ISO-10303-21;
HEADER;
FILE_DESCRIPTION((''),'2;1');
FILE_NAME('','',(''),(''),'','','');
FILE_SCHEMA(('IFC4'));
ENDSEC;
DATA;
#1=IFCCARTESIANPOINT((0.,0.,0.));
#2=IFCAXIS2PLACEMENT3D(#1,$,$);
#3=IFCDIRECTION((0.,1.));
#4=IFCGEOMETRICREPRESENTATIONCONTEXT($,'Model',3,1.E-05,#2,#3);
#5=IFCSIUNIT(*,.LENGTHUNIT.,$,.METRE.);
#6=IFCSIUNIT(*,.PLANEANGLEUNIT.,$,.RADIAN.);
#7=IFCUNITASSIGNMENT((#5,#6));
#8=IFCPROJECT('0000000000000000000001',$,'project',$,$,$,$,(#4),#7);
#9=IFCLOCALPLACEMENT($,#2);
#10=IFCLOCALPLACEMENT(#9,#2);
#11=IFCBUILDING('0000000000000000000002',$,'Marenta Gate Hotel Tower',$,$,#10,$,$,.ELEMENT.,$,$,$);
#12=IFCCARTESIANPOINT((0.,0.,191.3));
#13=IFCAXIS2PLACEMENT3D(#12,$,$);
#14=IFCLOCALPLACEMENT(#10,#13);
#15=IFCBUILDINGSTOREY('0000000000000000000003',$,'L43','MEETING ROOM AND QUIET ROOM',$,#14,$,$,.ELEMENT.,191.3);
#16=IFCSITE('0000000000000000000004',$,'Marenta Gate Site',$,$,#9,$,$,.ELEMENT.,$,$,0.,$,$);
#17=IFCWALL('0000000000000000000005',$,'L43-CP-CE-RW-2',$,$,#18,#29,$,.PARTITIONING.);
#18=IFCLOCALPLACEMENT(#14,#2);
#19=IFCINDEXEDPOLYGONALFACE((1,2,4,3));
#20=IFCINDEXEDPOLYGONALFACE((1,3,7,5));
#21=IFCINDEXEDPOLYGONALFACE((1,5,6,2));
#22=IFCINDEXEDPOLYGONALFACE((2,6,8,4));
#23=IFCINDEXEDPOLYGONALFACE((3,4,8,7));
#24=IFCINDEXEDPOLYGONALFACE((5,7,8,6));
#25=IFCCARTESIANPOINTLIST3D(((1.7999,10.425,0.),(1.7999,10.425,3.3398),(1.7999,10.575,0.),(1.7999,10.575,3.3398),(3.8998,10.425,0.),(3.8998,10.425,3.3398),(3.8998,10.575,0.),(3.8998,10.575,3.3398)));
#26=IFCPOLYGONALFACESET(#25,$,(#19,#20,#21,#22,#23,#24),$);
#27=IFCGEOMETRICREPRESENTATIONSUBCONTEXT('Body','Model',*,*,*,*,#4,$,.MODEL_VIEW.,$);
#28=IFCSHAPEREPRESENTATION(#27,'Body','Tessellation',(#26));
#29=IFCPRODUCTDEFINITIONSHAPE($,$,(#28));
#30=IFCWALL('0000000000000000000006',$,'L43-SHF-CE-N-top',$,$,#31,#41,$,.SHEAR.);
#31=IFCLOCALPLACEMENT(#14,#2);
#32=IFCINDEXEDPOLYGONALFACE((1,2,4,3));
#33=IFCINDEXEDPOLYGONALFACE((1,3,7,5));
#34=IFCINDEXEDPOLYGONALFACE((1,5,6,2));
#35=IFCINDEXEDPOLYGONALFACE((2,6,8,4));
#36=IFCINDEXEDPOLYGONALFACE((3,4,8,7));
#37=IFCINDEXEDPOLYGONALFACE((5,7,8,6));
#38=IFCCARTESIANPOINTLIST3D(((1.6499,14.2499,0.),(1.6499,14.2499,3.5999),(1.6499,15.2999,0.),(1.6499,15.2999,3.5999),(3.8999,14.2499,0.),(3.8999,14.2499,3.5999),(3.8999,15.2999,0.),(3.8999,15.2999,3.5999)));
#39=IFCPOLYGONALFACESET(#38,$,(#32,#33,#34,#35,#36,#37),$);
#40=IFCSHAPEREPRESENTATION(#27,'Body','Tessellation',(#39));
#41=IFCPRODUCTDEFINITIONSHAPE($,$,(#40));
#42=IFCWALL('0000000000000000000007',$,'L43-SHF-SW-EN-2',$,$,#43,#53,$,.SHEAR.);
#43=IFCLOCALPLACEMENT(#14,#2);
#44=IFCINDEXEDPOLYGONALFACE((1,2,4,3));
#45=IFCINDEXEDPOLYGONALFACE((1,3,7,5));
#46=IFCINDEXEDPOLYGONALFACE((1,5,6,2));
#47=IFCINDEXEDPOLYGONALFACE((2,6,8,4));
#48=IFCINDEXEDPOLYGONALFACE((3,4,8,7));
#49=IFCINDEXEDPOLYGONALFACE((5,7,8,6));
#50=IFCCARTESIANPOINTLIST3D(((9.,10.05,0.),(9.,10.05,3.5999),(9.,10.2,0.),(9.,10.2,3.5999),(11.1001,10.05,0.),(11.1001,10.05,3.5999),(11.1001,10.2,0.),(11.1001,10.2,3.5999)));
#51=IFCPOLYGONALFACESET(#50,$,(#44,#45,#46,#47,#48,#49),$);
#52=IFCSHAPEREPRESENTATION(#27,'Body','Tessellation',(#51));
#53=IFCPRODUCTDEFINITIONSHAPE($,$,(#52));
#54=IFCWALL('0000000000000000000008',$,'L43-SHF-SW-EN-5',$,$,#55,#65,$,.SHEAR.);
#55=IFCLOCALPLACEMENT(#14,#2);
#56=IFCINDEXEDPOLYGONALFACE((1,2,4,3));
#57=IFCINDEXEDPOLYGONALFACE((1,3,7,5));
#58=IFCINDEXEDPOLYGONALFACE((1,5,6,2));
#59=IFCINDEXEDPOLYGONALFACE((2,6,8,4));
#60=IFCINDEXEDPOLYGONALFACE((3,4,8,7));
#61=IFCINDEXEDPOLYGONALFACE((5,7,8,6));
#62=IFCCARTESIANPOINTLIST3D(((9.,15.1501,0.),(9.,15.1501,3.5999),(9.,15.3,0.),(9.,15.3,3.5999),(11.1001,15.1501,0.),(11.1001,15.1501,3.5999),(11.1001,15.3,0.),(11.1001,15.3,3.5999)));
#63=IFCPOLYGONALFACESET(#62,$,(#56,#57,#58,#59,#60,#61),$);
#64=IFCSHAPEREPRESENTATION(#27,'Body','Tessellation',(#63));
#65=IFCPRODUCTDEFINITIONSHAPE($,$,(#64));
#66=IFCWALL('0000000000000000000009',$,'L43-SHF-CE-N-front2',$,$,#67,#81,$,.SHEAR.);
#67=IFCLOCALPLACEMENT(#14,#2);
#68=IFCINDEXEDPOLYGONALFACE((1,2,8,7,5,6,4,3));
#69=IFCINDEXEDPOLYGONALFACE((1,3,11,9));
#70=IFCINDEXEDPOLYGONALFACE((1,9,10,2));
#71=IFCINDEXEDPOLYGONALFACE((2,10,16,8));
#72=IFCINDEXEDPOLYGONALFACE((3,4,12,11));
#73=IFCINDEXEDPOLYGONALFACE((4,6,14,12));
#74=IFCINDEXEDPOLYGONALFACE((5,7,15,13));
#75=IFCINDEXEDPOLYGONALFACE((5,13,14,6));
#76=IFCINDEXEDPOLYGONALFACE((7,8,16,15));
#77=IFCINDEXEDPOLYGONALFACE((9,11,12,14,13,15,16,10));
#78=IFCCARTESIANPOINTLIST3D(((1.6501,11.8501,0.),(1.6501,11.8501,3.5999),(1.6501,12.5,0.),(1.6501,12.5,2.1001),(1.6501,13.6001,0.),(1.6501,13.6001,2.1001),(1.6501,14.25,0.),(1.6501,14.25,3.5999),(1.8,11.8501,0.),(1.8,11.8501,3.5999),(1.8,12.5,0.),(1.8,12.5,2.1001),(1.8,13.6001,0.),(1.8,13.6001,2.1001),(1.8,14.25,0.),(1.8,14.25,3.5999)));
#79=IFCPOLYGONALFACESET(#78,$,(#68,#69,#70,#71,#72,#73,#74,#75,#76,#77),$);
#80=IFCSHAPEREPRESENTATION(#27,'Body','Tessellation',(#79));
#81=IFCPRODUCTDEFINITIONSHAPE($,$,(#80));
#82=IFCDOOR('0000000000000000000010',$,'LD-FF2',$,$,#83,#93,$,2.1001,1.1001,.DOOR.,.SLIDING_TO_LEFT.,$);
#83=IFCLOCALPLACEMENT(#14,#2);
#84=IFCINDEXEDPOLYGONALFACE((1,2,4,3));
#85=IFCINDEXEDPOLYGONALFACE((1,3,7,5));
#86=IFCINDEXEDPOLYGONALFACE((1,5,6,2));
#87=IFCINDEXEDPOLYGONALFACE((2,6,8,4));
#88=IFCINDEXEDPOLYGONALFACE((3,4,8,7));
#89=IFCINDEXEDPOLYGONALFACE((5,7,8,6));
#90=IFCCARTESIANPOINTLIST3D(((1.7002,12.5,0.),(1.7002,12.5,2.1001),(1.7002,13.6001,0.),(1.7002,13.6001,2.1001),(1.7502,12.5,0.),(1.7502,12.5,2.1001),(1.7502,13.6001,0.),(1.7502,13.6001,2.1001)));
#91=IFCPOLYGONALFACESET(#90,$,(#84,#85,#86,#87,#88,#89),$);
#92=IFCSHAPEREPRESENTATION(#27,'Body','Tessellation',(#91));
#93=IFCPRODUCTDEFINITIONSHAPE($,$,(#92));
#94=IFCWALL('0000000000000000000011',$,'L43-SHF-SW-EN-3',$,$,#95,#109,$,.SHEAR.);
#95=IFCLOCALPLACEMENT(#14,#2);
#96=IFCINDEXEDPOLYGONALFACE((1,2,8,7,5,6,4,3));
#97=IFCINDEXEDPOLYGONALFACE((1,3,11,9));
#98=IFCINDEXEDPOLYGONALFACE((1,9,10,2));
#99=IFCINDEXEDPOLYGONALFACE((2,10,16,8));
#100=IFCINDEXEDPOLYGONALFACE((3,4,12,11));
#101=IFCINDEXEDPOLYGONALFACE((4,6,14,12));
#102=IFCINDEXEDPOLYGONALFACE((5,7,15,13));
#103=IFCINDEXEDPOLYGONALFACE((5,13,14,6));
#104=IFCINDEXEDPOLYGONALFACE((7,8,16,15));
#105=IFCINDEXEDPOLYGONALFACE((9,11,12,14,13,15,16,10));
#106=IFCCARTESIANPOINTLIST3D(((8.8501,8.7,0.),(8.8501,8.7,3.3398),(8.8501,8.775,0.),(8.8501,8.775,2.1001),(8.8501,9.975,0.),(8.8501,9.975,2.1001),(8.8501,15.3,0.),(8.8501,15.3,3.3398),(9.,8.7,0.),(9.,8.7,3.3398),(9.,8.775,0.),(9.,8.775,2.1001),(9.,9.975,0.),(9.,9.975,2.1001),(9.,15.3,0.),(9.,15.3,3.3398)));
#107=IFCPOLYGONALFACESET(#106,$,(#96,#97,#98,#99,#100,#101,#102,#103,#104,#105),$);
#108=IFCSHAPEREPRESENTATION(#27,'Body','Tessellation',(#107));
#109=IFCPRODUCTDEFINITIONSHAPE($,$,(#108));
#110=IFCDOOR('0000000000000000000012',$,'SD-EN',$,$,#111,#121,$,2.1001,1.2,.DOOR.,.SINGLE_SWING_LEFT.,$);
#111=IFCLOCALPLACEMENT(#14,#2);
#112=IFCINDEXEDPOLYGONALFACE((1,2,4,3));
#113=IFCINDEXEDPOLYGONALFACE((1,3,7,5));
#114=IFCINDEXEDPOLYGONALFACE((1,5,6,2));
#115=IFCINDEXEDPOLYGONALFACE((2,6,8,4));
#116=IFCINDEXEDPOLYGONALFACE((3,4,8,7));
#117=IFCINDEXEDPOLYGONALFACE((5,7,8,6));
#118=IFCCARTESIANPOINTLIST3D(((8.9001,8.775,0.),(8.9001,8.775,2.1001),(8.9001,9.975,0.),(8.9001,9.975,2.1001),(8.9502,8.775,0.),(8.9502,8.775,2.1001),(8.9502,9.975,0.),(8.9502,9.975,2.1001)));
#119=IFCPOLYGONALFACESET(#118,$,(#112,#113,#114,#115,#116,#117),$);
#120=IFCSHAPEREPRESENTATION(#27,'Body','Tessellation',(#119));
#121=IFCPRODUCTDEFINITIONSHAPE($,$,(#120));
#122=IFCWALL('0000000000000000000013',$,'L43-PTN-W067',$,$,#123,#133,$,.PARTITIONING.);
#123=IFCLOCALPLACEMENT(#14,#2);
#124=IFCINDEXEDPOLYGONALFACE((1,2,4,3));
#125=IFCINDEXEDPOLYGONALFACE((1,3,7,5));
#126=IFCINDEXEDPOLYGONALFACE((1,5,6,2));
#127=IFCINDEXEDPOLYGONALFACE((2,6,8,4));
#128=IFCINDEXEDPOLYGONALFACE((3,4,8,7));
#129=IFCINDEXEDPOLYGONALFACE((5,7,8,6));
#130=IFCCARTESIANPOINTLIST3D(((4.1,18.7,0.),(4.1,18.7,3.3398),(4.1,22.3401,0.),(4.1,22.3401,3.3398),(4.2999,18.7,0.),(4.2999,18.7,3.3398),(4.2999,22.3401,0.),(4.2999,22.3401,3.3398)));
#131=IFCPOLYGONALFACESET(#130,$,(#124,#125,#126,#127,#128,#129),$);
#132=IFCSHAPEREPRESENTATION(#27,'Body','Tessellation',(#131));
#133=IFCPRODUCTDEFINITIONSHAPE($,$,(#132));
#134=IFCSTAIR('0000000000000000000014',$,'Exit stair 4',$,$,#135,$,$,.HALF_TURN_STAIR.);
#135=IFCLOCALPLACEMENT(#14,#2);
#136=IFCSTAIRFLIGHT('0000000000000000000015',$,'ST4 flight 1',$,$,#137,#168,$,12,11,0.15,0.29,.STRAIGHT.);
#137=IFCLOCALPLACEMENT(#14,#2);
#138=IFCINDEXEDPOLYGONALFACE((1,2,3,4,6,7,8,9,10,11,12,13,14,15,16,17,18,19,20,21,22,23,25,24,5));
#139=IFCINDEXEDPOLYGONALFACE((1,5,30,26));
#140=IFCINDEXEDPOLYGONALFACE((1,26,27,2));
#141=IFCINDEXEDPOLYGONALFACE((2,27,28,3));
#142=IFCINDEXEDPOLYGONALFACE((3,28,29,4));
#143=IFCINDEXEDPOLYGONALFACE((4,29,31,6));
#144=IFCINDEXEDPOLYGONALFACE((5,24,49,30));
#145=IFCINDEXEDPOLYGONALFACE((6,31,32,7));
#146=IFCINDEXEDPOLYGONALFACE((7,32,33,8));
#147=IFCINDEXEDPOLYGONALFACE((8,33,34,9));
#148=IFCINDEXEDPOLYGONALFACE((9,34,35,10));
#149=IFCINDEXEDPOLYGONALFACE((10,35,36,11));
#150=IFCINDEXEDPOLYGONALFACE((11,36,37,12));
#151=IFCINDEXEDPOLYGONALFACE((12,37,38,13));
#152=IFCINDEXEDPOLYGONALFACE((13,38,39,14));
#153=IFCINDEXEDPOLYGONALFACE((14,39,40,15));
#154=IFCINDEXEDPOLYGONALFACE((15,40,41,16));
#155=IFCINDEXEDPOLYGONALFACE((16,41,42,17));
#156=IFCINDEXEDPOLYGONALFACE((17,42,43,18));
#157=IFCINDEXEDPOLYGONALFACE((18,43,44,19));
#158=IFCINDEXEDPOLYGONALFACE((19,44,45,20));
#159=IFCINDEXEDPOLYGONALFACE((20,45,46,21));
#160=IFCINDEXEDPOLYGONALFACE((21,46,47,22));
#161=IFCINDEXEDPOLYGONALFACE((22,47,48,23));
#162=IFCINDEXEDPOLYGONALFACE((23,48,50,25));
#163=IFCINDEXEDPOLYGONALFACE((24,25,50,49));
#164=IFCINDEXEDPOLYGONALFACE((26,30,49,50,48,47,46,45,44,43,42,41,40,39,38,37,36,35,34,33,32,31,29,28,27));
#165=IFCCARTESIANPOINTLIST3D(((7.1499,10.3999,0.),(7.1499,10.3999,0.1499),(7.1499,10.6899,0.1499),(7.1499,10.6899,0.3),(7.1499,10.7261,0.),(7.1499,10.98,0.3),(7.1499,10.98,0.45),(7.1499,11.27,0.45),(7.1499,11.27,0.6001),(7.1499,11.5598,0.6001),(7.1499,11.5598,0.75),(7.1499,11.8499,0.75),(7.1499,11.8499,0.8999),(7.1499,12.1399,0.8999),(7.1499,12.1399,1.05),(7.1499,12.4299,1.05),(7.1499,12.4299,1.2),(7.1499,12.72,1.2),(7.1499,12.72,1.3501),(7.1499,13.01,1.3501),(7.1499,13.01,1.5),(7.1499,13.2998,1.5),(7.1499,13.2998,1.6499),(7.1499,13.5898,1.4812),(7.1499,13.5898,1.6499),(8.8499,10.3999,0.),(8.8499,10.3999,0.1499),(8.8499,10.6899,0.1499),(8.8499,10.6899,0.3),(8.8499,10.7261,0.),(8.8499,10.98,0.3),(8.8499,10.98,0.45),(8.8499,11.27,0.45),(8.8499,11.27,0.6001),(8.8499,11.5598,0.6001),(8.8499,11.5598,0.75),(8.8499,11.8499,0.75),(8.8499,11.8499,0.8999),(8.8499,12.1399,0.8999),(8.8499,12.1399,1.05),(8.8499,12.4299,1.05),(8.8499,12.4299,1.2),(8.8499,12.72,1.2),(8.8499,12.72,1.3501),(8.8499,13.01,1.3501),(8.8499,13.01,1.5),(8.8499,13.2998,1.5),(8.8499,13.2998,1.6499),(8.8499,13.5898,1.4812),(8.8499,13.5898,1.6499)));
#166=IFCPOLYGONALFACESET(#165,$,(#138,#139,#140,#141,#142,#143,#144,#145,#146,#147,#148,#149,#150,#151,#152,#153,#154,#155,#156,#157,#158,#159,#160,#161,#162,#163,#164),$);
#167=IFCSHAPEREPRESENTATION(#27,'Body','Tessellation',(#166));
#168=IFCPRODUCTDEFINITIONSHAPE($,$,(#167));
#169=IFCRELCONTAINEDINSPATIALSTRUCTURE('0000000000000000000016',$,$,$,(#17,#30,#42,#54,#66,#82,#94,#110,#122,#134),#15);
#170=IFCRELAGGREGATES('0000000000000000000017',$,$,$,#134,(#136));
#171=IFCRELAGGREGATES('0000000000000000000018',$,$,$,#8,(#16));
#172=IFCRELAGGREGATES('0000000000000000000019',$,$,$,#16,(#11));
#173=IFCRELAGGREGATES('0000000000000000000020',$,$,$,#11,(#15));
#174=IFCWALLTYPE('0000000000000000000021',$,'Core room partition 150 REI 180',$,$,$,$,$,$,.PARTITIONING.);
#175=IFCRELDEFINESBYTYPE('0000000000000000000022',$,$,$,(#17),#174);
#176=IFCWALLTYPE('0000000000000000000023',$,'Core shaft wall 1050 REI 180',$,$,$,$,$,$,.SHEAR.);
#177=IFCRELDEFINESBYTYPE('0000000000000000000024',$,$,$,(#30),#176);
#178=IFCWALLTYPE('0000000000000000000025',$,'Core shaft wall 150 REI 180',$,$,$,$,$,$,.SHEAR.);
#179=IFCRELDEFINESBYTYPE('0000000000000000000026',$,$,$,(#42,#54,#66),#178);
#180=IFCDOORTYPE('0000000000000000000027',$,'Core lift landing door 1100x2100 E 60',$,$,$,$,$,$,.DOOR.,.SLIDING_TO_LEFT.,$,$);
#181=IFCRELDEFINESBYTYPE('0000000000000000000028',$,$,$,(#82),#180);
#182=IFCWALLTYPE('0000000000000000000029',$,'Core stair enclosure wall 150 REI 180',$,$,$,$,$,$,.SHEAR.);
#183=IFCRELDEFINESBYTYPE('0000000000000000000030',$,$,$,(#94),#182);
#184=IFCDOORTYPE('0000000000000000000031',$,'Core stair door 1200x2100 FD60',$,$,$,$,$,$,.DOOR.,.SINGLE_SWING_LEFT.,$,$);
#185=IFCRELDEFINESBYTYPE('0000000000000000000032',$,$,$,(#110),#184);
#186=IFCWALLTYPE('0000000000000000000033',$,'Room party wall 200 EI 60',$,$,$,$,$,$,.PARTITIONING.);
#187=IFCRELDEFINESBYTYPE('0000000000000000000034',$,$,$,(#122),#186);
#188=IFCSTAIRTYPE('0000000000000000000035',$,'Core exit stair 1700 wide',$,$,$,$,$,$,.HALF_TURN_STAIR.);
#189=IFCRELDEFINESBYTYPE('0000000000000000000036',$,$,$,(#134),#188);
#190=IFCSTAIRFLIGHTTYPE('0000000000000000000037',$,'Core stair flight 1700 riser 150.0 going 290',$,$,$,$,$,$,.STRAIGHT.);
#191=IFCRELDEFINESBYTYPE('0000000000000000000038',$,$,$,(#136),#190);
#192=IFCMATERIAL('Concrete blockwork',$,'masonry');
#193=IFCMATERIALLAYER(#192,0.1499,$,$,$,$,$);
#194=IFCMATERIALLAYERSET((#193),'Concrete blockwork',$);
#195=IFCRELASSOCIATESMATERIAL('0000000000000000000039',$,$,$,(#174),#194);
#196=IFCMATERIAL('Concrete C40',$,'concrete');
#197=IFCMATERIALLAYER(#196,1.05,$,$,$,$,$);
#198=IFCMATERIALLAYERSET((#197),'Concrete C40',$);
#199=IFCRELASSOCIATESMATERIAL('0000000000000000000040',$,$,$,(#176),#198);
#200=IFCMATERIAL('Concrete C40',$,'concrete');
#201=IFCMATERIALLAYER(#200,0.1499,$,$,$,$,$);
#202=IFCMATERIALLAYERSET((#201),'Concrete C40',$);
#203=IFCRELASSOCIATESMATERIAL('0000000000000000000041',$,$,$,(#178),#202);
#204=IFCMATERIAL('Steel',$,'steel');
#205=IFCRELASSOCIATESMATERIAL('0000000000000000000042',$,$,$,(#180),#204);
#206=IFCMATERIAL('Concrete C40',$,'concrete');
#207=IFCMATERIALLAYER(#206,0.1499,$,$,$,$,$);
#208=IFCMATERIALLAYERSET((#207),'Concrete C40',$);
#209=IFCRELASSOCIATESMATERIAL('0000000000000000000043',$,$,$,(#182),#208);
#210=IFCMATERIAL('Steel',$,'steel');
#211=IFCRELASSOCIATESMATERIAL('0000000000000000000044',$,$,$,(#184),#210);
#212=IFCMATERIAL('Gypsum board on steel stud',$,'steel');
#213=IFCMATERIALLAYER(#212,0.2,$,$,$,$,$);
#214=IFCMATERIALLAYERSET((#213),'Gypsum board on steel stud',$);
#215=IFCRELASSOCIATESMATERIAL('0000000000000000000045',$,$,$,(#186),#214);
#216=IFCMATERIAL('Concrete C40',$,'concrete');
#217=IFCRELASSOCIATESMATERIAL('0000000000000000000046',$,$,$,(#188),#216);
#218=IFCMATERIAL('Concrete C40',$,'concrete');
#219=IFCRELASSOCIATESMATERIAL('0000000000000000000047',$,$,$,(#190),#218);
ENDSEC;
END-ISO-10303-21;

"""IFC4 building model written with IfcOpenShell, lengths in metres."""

from ifc_helpers import new_model, si_unit, direction, frame, frame_2d, origin, place, context, subcontext, project, spatial, polyline, rectangle, outline, extrude, material, layer, layer_set, type_object, element, fill, aggregate, save


model = new_model("IFC4")

# Units and contexts
model_context = context("Model", 3, precision=1e-05, world=origin(), true_north=direction((0.0, 1.0)))
body_context = subcontext(model_context, "Body", "Model", "MODEL_VIEW")
ifc_project = project(units=[si_unit("LENGTHUNIT", "METRE"), si_unit("PLANEANGLEUNIT", "RADIAN")], contexts=[model_context])

# Site, building, storey
site_placement = place(None, origin())
site = spatial("IfcSite", under=ifc_project, at=site_placement, Name="Marenta Gate Site", CompositionType="ELEMENT", RefElevation=0.0)
building_placement = place(site_placement, origin())
building = spatial("IfcBuilding", under=site, at=building_placement, Name="Marenta Gate Hotel Tower", CompositionType="ELEMENT")
storey_placement = place(building_placement, frame((0.0, 0.0, 191.3)))
storey = spatial("IfcBuildingStorey", under=building, at=storey_placement, Name="L43", Description="MEETING ROOM AND QUIET ROOM", CompositionType="ELEMENT", Elevation=191.3)

# Shared definitions
ifc_material_1 = material(Name="Concrete blockwork", Category="masonry")
ifc_layer_1 = layer(ifc_material_1, 0.1499)
ifc_layer_set_1 = layer_set([ifc_layer_1], Name="Concrete blockwork")
wall_type_1 = type_object("IfcWallType", Name="Core room partition 150 REI 180", PredefinedType="PARTITIONING", material=ifc_layer_set_1)

# Walls
wall_1_placement = place(storey_placement, frame((1.8, 10.5, 0.0), z_axis=(0.0, 0.0, 1.0), x_axis=(1.0, 0.0, 0.0)))
element("IfcWall", 1, at=wall_1_placement, inside=storey, type_object=wall_type_1, Name="L43-CP-CE-RW-2", PredefinedType="PARTITIONING", context=body_context, shape_type="SweptSolid", body=[
    extrude(rectangle(XDim=2.0999, YDim=0.1499, at=frame_2d((1.0498, 0.0))), origin(), (0.0, 0.0, 1.0), 3.3398),
])
ifc_material_2 = material(Name="Concrete C40", Category="concrete")
ifc_layer_2 = layer(ifc_material_2, 1.05)
ifc_layer_set_2 = layer_set([ifc_layer_2], Name="Concrete C40")
wall_type_2 = type_object("IfcWallType", Name="Core shaft wall 1050 REI 180", PredefinedType="SHEAR", material=ifc_layer_set_2)
wall_2_placement = place(storey_placement, frame((1.6499, 14.7749, 0.0), z_axis=(0.0, 0.0, 1.0), x_axis=(1.0, 0.0, 0.0)))
element("IfcWall", 2, at=wall_2_placement, inside=storey, type_object=wall_type_2, Name="L43-SHF-CE-N-top", PredefinedType="SHEAR", context=body_context, shape_type="SweptSolid", body=[
    extrude(rectangle(XDim=2.25, YDim=1.05, at=frame_2d((1.125, 0.0))), origin(), (0.0, 0.0, 1.0), 3.5999),
])
ifc_material_3 = material(Name="Concrete C40", Category="concrete")
ifc_layer_3 = layer(ifc_material_3, 0.1499)
ifc_layer_set_3 = layer_set([ifc_layer_3], Name="Concrete C40")
wall_type_3 = type_object("IfcWallType", Name="Core shaft wall 150 REI 180", PredefinedType="SHEAR", material=ifc_layer_set_3)
for number, where, z_axis, x_axis, name in (
    (3, (9.0, 10.125, 0.0), (0.0, 0.0, 1.0), (1.0, 0.0, 0.0), "L43-SHF-SW-EN-2"),
    (4, (9.0, 15.2251, 0.0), (0.0, 0.0, 1.0), (1.0, 0.0, 0.0), "L43-SHF-SW-EN-5"),
):
    element("IfcWall", number, at=place(storey_placement, frame(where, z_axis=z_axis, x_axis=x_axis)), inside=storey, type_object=wall_type_3, Name=name, PredefinedType="SHEAR", context=body_context, shape_type="SweptSolid", body=[
        extrude(rectangle(XDim=2.1001, YDim=0.1499, at=frame_2d((1.05, 0.0))), origin(), (0.0, 0.0, 1.0), 3.5999),
    ])

# Walls, openings, doors
wall_3_placement = place(storey_placement, frame((1.7251, 11.8501, 0.0), z_axis=(0.0, 0.0, 1.0), x_axis=(0.0, 1.0, 0.0)))
wall_3 = element("IfcWall", 5, at=wall_3_placement, inside=storey, type_object=wall_type_3, Name="L43-SHF-CE-N-front2", PredefinedType="SHEAR", context=body_context, shape_type="SweptSolid", body=[
    extrude(rectangle(XDim=2.3999, YDim=0.1499, at=frame_2d((1.2, 0.0))), origin(), (0.0, 0.0, 1.0), 3.5999),
])
opening_1_placement = place(wall_3_placement, frame((0.6499, 0.0, 0.0)))
opening_1 = element("IfcOpeningElement", 6, at=opening_1_placement, cuts=wall_3, PredefinedType="OPENING", context=body_context, shape_type="SweptSolid", body=[
    extrude(rectangle(XDim=1.1001, YDim=2.1001, at=frame_2d((0.55, 1.05))), frame((0.0, 0.075, 0.0), z_axis=(0.0, -1.0, 0.0), x_axis=(1.0, 0.0, 0.0)), (0.0, 0.0, 1.0), 0.1499),
])
ifc_material_4 = material(Name="Steel", Category="steel")
door_type_1 = type_object("IfcDoorType", Name="Core lift landing door 1100x2100 E 60", OperationType="SLIDING_TO_LEFT", PredefinedType="DOOR", material=ifc_material_4)
door_1_placement = place(opening_1_placement, origin())
door_1 = element("IfcDoor", 7, at=door_1_placement, inside=storey, type_object=door_type_1, Name="LD-FF2", OperationType="SLIDING_TO_LEFT", OverallHeight=2.1001, OverallWidth=1.1001, PredefinedType="DOOR", context=body_context, shape_type="SweptSolid", body=[
    extrude(rectangle(XDim=1.1001, YDim=2.1001, at=frame_2d((0.55, 1.05))), frame((0.0, 0.0249, 0.0), z_axis=(0.0, -1.0, 0.0), x_axis=(1.0, 0.0, 0.0)), (0.0, 0.0, 1.0), 0.05),
])
fill(opening_1, door_1)
ifc_material_5 = material(Name="Concrete C40", Category="concrete")
ifc_layer_4 = layer(ifc_material_5, 0.1499)
ifc_layer_set_4 = layer_set([ifc_layer_4], Name="Concrete C40")
wall_type_4 = type_object("IfcWallType", Name="Core stair enclosure wall 150 REI 180", PredefinedType="SHEAR", material=ifc_layer_set_4)
wall_4_placement = place(storey_placement, frame((8.925, 8.7, 0.0), z_axis=(0.0, 0.0, 1.0), x_axis=(0.0, 1.0, 0.0)))
wall_4 = element("IfcWall", 8, at=wall_4_placement, inside=storey, type_object=wall_type_4, Name="L43-SHF-SW-EN-3", PredefinedType="SHEAR", context=body_context, shape_type="SweptSolid", body=[
    extrude(rectangle(XDim=6.6001, YDim=0.1499, at=frame_2d((3.3, 0.0))), origin(), (0.0, 0.0, 1.0), 3.3398),
])
opening_2_placement = place(wall_4_placement, frame((0.075, 0.0, 0.0)))
opening_2 = element("IfcOpeningElement", 9, at=opening_2_placement, cuts=wall_4, PredefinedType="OPENING", context=body_context, shape_type="SweptSolid", body=[
    extrude(rectangle(XDim=1.2, YDim=2.1001, at=frame_2d((0.6001, 1.05))), frame((0.0, 0.075, 0.0), z_axis=(0.0, -1.0, 0.0), x_axis=(1.0, 0.0, 0.0)), (0.0, 0.0, 1.0), 0.1499),
])
ifc_material_6 = material(Name="Steel", Category="steel")
door_type_2 = type_object("IfcDoorType", Name="Core stair door 1200x2100 FD60", OperationType="SINGLE_SWING_LEFT", PredefinedType="DOOR", material=ifc_material_6)
door_2_placement = place(opening_2_placement, origin())
door_2 = element("IfcDoor", 10, at=door_2_placement, inside=storey, type_object=door_type_2, Name="SD-EN", OperationType="SINGLE_SWING_LEFT", OverallHeight=2.1001, OverallWidth=1.2, PredefinedType="DOOR", context=body_context, shape_type="SweptSolid", body=[
    extrude(rectangle(XDim=1.2, YDim=2.1001, at=frame_2d((0.6001, 1.05))), frame((0.0, 0.0249, 0.0), z_axis=(0.0, -1.0, 0.0), x_axis=(1.0, 0.0, 0.0)), (0.0, 0.0, 1.0), 0.05),
])
fill(opening_2, door_2)

# Wall
ifc_material_7 = material(Name="Gypsum board on steel stud", Category="steel")
ifc_layer_5 = layer(ifc_material_7, 0.2)
ifc_layer_set_5 = layer_set([ifc_layer_5], Name="Gypsum board on steel stud")
wall_type_5 = type_object("IfcWallType", Name="Room party wall 200 EI 60", PredefinedType="PARTITIONING", material=ifc_layer_set_5)
wall_5_placement = place(storey_placement, frame((4.2, 18.7, 0.0), z_axis=(0.0, 0.0, 1.0), x_axis=(0.0, 1.0, 0.0)))
element("IfcWall", 11, at=wall_5_placement, inside=storey, type_object=wall_type_5, Name="L43-PTN-W067", PredefinedType="PARTITIONING", context=body_context, shape_type="SweptSolid", body=[
    extrude(rectangle(XDim=3.6401, YDim=0.2, at=frame_2d((1.8201, 0.0))), origin(), (0.0, 0.0, 1.0), 3.3398),
])

# Stair, stair flight
ifc_material_8 = material(Name="Concrete C40", Category="concrete")
stair_type = type_object("IfcStairType", Name="Core exit stair 1700 wide", PredefinedType="HALF_TURN_STAIR", material=ifc_material_8)
stair_placement = place(storey_placement, origin())
stair = element("IfcStair", 12, at=stair_placement, inside=storey, type_object=stair_type, Name="Exit stair 4", PredefinedType="HALF_TURN_STAIR")
ifc_material_9 = material(Name="Concrete C40", Category="concrete")
stair_flight_type = type_object("IfcStairFlightType", Name="Core stair flight 1700 riser 150.0 going 290", PredefinedType="STRAIGHT", material=ifc_material_9)
stair_flight_1_placement = place(storey_placement, frame((8.0, 10.3999, 0.0), z_axis=(0.0, 0.0, 1.0), x_axis=(0.0, 1.0, 0.0)))
stair_flight_1 = element("IfcStairFlight", 13, at=stair_flight_1_placement, type_object=stair_flight_type, Name="ST4 flight 1", NumberOfRisers=12, NumberOfTreads=11, PredefinedType="STRAIGHT", RiserHeight=0.15, TreadLength=0.29, context=body_context, shape_type="SweptSolid", body=[
    extrude(outline(polyline([(0.0, 0.0), (0.0, 0.1499), (0.29, 0.1499), (0.29, 0.3), (0.5801, 0.3), (0.5801, 0.45), (0.8701, 0.45), (0.8701, 0.6001), (1.1599, 0.6001), (1.1599, 0.75), (1.45, 0.75), (1.45, 0.8999), (1.74, 0.8999), (1.74, 1.05), (2.03, 1.05), (2.03, 1.2), (2.3201, 1.2), (2.3201, 1.3501), (2.6101, 1.3501), (2.6101, 1.5), (2.8999, 1.5), (2.8999, 1.6499), (3.1899, 1.6499), (3.1899, 1.8), (3.1899, 1.4812), (0.3262, 0.0), (0.0, 0.0)])), frame((0.0, 0.8501, 0.0), z_axis=(0.0, -1.0, 0.0), x_axis=(1.0, 0.0, 0.0)), (0.0, 0.0, 1.0), 1.7),
])
aggregate(stair, [stair_flight_1])

save(model, "model.ifc")
